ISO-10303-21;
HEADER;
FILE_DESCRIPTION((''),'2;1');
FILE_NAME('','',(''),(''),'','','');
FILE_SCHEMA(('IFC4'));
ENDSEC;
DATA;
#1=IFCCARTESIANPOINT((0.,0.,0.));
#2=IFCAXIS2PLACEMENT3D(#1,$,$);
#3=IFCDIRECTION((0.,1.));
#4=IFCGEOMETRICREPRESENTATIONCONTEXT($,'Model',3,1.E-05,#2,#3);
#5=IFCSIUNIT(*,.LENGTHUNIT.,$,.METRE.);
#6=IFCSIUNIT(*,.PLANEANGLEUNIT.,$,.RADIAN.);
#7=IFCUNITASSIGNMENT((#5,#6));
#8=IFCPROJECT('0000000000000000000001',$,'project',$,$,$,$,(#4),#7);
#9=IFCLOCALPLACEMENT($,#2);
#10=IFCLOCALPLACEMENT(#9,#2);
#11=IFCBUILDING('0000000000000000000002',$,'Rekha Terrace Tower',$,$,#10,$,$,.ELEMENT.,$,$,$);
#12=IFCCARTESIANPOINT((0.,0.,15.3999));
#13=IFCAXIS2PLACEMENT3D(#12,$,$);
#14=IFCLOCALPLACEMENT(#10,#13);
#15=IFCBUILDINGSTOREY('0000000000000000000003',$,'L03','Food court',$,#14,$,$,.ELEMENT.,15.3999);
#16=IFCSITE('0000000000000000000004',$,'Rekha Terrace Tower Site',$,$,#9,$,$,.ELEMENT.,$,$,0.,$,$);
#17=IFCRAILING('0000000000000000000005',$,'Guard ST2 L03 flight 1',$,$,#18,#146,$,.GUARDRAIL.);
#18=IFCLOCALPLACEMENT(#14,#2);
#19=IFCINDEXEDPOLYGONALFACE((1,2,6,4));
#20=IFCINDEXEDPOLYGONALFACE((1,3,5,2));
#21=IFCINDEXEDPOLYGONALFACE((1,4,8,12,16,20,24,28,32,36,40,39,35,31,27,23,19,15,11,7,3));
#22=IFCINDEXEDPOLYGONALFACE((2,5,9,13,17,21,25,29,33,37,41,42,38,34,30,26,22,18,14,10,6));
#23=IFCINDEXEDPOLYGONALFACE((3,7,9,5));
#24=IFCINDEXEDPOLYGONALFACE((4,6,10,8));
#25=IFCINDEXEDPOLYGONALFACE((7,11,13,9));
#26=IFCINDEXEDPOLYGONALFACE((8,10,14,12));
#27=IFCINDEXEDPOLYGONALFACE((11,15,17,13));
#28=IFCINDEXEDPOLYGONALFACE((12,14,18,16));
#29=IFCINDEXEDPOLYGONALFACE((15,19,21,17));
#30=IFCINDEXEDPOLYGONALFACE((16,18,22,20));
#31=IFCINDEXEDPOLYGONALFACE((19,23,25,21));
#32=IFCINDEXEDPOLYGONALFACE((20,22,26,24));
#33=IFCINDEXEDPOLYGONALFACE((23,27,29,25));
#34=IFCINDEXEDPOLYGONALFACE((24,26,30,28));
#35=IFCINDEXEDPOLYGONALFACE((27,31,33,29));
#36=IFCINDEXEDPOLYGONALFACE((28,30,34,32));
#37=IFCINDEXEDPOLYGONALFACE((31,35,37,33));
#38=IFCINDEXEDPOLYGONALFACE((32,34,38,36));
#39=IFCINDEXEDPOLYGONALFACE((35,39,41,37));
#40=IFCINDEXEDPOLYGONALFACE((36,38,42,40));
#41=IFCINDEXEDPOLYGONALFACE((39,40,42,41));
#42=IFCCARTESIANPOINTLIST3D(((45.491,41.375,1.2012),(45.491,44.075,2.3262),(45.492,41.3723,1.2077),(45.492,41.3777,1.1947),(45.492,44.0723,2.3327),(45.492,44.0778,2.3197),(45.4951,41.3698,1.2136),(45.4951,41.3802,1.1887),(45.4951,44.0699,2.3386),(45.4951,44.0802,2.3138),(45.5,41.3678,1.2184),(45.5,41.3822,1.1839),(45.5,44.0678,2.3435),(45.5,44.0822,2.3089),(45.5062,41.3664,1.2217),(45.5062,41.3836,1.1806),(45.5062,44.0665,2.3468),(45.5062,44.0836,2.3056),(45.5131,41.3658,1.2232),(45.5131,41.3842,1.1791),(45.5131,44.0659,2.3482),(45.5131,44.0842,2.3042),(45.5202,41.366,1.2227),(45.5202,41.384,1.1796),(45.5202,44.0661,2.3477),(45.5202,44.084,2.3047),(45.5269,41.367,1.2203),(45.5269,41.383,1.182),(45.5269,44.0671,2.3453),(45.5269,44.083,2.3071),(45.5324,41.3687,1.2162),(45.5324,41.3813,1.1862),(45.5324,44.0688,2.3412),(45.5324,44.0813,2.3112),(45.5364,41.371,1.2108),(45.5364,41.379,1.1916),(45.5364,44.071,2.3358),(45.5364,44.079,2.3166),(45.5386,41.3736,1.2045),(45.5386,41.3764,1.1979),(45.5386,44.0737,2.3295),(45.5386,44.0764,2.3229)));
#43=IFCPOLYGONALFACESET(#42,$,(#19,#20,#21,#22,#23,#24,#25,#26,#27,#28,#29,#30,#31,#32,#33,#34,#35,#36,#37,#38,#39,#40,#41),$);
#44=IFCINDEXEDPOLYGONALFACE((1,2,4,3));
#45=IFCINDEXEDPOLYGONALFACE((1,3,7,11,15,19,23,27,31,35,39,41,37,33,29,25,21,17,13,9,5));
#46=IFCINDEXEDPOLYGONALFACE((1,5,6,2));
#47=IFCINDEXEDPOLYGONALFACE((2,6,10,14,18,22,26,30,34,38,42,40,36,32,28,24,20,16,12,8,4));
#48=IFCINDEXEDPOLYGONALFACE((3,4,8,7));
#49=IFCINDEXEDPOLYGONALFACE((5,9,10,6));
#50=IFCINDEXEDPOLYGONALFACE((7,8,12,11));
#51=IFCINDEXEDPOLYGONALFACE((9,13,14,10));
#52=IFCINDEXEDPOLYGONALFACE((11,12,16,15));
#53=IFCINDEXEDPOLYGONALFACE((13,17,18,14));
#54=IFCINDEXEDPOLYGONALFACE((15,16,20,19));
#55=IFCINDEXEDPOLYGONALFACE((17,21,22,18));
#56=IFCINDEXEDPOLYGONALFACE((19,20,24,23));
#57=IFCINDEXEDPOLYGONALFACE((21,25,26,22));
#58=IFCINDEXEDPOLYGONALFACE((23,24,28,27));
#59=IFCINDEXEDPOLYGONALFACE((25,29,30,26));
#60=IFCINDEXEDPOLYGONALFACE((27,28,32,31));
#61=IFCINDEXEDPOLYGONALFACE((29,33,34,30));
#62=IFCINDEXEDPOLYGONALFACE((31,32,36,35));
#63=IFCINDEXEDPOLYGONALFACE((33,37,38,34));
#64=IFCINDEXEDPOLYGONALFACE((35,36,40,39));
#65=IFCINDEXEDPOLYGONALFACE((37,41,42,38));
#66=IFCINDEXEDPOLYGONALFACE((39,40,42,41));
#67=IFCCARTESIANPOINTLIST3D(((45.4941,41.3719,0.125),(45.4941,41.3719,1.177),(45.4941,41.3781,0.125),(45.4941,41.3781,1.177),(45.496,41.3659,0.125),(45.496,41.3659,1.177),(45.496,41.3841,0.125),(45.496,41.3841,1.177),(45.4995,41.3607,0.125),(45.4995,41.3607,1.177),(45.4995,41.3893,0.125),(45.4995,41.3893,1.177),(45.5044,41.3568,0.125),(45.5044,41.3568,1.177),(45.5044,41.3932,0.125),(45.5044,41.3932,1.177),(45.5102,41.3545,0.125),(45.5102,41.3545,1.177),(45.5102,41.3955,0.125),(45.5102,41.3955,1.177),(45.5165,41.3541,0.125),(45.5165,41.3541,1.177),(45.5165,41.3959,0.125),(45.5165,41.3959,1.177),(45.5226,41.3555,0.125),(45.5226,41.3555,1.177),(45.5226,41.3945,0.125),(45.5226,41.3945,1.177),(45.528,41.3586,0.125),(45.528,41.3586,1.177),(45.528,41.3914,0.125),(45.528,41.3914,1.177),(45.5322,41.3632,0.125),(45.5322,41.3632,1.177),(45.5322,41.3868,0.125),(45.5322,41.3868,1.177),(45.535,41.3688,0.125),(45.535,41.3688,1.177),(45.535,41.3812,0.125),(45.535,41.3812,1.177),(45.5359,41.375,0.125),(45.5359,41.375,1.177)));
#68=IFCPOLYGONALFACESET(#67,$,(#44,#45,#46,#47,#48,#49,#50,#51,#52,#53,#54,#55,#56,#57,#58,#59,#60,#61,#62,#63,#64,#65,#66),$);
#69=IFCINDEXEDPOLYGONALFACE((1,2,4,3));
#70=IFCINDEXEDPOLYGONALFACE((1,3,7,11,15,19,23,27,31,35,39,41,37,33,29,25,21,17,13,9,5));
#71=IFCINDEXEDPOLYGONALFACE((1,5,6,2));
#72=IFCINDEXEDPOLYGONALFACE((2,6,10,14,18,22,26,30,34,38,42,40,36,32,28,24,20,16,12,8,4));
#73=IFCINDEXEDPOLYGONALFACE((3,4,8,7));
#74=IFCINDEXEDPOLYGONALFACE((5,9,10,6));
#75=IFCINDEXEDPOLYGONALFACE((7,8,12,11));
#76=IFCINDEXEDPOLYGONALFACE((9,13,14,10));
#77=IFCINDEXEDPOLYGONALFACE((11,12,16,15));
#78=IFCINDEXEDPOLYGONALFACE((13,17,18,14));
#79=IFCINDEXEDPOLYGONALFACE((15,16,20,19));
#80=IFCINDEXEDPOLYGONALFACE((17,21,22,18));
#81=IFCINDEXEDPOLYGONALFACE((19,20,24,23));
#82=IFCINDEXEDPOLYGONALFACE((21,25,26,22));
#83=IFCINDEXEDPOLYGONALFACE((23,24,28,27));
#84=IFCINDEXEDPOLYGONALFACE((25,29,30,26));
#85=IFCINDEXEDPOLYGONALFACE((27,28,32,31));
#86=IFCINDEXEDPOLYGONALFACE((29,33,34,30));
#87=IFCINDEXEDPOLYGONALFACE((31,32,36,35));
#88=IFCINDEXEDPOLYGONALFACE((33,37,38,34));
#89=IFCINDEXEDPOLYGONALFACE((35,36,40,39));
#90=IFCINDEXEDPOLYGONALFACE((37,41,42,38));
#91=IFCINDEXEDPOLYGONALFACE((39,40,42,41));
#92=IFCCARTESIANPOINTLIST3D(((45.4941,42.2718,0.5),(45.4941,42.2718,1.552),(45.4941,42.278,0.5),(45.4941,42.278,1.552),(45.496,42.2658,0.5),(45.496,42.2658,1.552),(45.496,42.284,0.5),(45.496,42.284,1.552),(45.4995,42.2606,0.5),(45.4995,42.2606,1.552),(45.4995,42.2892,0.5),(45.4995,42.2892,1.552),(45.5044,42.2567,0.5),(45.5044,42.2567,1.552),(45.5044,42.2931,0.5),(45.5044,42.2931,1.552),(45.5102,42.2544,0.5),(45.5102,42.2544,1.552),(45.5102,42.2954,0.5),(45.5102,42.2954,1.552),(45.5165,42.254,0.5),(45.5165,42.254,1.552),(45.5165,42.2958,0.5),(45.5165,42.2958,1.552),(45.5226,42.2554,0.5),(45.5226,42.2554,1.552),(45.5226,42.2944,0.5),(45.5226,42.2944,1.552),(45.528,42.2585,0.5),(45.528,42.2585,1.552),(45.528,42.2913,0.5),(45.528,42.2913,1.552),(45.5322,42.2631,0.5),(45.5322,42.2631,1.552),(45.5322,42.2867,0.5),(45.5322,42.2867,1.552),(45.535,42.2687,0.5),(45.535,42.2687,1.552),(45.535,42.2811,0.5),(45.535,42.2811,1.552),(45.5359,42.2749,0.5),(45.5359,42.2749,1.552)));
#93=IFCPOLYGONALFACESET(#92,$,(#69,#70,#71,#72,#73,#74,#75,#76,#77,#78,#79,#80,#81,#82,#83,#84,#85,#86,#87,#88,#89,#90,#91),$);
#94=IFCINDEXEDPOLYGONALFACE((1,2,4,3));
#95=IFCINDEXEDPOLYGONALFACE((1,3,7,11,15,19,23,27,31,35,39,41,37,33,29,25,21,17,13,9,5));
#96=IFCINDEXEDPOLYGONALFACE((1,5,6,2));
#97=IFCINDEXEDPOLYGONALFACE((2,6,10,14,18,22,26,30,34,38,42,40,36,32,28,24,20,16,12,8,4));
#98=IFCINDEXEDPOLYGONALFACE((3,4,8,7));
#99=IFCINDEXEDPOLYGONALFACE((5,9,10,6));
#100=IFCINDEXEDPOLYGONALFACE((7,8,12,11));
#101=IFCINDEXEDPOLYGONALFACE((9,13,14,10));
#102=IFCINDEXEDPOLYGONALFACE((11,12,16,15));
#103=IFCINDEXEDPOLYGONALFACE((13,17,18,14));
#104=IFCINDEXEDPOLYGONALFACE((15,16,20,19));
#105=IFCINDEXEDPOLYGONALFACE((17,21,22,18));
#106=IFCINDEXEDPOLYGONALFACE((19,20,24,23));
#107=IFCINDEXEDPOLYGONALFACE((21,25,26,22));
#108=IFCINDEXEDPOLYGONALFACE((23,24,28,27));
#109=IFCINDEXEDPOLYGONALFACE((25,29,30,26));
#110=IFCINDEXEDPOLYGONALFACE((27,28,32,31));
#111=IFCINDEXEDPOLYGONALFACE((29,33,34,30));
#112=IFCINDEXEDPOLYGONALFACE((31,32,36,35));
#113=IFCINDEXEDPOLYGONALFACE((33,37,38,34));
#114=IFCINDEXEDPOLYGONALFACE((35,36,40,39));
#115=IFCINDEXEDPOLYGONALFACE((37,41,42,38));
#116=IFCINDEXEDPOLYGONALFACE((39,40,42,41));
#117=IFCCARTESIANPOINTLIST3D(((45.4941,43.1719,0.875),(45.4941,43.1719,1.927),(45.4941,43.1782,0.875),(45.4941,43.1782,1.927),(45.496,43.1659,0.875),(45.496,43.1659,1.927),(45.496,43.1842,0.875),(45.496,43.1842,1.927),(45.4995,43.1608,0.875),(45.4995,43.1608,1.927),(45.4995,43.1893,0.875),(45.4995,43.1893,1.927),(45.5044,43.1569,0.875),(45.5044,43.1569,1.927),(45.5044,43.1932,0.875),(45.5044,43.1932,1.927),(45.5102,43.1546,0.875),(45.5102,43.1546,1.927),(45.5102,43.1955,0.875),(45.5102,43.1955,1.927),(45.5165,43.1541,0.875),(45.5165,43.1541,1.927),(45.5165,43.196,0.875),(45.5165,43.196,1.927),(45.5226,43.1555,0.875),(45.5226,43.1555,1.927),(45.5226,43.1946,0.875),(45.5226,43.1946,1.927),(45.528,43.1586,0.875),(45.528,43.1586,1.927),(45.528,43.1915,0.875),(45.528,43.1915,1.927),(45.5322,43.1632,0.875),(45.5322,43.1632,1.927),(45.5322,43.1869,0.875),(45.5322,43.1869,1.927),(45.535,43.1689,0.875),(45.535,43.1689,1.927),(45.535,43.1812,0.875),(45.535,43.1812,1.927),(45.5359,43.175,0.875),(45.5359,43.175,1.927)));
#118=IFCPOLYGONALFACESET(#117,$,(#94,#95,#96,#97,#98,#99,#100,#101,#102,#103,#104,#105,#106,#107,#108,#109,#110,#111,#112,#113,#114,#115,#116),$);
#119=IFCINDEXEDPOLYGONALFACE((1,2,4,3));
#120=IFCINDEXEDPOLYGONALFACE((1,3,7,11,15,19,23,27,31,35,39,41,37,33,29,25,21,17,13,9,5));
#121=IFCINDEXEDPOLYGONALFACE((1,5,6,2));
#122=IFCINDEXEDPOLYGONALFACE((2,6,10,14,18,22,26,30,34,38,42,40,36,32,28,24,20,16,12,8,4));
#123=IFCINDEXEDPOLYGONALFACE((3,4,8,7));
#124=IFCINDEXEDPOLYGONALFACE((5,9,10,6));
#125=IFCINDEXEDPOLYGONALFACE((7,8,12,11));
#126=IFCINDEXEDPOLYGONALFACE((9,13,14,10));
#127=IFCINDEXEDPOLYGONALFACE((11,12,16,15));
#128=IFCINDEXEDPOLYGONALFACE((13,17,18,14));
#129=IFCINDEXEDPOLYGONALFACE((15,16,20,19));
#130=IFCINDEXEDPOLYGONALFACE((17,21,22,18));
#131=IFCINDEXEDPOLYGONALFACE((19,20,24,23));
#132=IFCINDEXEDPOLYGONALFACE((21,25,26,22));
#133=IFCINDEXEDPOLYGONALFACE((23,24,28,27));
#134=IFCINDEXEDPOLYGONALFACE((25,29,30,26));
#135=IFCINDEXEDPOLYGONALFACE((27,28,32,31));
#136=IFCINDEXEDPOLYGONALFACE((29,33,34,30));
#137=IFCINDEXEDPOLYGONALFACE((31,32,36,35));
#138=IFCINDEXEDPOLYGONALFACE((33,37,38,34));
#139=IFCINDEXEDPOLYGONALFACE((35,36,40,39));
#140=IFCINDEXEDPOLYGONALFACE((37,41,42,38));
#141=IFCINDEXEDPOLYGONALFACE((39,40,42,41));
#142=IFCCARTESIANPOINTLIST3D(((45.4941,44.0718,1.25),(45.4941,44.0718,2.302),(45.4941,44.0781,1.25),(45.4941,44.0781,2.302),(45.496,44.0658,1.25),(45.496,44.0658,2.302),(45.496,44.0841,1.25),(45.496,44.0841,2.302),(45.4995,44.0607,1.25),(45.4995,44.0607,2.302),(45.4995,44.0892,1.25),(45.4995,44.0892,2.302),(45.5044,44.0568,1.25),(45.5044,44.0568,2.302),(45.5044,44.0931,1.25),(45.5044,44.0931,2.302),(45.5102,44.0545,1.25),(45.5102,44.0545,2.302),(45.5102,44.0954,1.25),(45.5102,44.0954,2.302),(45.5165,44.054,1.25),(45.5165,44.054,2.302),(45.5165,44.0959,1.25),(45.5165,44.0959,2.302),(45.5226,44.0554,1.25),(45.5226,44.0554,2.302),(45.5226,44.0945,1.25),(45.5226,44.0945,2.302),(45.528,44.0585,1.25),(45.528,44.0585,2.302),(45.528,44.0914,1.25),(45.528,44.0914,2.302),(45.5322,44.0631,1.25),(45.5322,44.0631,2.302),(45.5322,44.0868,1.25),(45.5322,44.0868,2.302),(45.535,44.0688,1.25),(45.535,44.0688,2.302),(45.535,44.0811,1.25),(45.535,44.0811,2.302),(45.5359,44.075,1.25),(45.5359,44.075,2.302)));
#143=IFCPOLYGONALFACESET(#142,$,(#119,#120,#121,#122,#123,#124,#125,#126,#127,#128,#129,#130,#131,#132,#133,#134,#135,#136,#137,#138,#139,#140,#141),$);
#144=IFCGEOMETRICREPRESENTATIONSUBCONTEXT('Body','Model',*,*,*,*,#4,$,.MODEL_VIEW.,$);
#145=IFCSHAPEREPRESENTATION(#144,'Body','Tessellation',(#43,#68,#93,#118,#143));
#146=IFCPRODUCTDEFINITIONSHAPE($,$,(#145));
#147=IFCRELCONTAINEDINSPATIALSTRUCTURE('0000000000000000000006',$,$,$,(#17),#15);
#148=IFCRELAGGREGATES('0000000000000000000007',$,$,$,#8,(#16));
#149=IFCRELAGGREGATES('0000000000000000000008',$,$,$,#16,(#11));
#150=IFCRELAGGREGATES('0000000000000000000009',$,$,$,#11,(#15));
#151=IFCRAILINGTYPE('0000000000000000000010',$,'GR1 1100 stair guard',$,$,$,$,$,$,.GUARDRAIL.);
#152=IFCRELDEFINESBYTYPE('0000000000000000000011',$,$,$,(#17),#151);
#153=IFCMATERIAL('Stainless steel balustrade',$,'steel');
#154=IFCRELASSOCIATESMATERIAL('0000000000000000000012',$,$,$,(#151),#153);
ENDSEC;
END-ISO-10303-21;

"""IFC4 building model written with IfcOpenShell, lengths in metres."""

from ifc_helpers import new_model, si_unit, direction, frame, origin, origin_2d, place, context, subcontext, project, spatial, circle, extrude, material, type_object, element, save


model = new_model("IFC4")

# Units and contexts
model_context = context("Model", 3, precision=1e-05, world=origin(), true_north=direction((0.0, 1.0)))
body_context = subcontext(model_context, "Body", "Model", "MODEL_VIEW")
ifc_project = project(units=[si_unit("LENGTHUNIT", "METRE"), si_unit("PLANEANGLEUNIT", "RADIAN")], contexts=[model_context])

# Site, building, storey
site_placement = place(None, origin())
site = spatial("IfcSite", under=ifc_project, at=site_placement, Name="Rekha Terrace Tower Site", CompositionType="ELEMENT", RefElevation=0.0)
building_placement = place(site_placement, origin())
building = spatial("IfcBuilding", under=site, at=building_placement, Name="Rekha Terrace Tower", CompositionType="ELEMENT")
storey_placement = place(building_placement, frame((0.0, 0.0, 15.3999)))
storey = spatial("IfcBuildingStorey", under=building, at=storey_placement, Name="L03", Description="Food court", CompositionType="ELEMENT", Elevation=15.3999)

# Railing
ifc_material_1 = material(Name="Stainless steel balustrade", Category="steel")
railing_type_1 = type_object("IfcRailingType", Name="GR1 1100 stair guard", PredefinedType="GUARDRAIL", material=ifc_material_1)
railing_1_placement = place(storey_placement, frame((45.5149, 41.375, 0.125)))
element("IfcRailing", 1, at=railing_1_placement, inside=storey, type_object=railing_type_1, Name="Guard ST2 L03 flight 1", PredefinedType="GUARDRAIL", context=body_context, shape_type="SweptSolid", body=[
    extrude(circle(Radius=0.0239, at=origin_2d()), frame((0.0, 0.0, 1.0762), z_axis=(0.0, 0.923074, 0.384621), x_axis=(-1.0, 0.0, 0.0)), (0.0, 0.0, 1.0), 2.925),
    extrude(circle(Radius=0.021, at=origin_2d()), origin(), (0.0, 0.0, 1.0), 1.052),
    extrude(circle(Radius=0.021, at=origin_2d()), frame((0.0, 0.8999, 0.375)), (0.0, 0.0, 1.0), 1.052),
    extrude(circle(Radius=0.021, at=origin_2d()), frame((0.0, 1.8, 0.75)), (0.0, 0.0, 1.0), 1.052),
    extrude(circle(Radius=0.021, at=origin_2d()), frame((0.0, 2.7, 1.125)), (0.0, 0.0, 1.0), 1.052),
])

save(model, "model.ifc")
